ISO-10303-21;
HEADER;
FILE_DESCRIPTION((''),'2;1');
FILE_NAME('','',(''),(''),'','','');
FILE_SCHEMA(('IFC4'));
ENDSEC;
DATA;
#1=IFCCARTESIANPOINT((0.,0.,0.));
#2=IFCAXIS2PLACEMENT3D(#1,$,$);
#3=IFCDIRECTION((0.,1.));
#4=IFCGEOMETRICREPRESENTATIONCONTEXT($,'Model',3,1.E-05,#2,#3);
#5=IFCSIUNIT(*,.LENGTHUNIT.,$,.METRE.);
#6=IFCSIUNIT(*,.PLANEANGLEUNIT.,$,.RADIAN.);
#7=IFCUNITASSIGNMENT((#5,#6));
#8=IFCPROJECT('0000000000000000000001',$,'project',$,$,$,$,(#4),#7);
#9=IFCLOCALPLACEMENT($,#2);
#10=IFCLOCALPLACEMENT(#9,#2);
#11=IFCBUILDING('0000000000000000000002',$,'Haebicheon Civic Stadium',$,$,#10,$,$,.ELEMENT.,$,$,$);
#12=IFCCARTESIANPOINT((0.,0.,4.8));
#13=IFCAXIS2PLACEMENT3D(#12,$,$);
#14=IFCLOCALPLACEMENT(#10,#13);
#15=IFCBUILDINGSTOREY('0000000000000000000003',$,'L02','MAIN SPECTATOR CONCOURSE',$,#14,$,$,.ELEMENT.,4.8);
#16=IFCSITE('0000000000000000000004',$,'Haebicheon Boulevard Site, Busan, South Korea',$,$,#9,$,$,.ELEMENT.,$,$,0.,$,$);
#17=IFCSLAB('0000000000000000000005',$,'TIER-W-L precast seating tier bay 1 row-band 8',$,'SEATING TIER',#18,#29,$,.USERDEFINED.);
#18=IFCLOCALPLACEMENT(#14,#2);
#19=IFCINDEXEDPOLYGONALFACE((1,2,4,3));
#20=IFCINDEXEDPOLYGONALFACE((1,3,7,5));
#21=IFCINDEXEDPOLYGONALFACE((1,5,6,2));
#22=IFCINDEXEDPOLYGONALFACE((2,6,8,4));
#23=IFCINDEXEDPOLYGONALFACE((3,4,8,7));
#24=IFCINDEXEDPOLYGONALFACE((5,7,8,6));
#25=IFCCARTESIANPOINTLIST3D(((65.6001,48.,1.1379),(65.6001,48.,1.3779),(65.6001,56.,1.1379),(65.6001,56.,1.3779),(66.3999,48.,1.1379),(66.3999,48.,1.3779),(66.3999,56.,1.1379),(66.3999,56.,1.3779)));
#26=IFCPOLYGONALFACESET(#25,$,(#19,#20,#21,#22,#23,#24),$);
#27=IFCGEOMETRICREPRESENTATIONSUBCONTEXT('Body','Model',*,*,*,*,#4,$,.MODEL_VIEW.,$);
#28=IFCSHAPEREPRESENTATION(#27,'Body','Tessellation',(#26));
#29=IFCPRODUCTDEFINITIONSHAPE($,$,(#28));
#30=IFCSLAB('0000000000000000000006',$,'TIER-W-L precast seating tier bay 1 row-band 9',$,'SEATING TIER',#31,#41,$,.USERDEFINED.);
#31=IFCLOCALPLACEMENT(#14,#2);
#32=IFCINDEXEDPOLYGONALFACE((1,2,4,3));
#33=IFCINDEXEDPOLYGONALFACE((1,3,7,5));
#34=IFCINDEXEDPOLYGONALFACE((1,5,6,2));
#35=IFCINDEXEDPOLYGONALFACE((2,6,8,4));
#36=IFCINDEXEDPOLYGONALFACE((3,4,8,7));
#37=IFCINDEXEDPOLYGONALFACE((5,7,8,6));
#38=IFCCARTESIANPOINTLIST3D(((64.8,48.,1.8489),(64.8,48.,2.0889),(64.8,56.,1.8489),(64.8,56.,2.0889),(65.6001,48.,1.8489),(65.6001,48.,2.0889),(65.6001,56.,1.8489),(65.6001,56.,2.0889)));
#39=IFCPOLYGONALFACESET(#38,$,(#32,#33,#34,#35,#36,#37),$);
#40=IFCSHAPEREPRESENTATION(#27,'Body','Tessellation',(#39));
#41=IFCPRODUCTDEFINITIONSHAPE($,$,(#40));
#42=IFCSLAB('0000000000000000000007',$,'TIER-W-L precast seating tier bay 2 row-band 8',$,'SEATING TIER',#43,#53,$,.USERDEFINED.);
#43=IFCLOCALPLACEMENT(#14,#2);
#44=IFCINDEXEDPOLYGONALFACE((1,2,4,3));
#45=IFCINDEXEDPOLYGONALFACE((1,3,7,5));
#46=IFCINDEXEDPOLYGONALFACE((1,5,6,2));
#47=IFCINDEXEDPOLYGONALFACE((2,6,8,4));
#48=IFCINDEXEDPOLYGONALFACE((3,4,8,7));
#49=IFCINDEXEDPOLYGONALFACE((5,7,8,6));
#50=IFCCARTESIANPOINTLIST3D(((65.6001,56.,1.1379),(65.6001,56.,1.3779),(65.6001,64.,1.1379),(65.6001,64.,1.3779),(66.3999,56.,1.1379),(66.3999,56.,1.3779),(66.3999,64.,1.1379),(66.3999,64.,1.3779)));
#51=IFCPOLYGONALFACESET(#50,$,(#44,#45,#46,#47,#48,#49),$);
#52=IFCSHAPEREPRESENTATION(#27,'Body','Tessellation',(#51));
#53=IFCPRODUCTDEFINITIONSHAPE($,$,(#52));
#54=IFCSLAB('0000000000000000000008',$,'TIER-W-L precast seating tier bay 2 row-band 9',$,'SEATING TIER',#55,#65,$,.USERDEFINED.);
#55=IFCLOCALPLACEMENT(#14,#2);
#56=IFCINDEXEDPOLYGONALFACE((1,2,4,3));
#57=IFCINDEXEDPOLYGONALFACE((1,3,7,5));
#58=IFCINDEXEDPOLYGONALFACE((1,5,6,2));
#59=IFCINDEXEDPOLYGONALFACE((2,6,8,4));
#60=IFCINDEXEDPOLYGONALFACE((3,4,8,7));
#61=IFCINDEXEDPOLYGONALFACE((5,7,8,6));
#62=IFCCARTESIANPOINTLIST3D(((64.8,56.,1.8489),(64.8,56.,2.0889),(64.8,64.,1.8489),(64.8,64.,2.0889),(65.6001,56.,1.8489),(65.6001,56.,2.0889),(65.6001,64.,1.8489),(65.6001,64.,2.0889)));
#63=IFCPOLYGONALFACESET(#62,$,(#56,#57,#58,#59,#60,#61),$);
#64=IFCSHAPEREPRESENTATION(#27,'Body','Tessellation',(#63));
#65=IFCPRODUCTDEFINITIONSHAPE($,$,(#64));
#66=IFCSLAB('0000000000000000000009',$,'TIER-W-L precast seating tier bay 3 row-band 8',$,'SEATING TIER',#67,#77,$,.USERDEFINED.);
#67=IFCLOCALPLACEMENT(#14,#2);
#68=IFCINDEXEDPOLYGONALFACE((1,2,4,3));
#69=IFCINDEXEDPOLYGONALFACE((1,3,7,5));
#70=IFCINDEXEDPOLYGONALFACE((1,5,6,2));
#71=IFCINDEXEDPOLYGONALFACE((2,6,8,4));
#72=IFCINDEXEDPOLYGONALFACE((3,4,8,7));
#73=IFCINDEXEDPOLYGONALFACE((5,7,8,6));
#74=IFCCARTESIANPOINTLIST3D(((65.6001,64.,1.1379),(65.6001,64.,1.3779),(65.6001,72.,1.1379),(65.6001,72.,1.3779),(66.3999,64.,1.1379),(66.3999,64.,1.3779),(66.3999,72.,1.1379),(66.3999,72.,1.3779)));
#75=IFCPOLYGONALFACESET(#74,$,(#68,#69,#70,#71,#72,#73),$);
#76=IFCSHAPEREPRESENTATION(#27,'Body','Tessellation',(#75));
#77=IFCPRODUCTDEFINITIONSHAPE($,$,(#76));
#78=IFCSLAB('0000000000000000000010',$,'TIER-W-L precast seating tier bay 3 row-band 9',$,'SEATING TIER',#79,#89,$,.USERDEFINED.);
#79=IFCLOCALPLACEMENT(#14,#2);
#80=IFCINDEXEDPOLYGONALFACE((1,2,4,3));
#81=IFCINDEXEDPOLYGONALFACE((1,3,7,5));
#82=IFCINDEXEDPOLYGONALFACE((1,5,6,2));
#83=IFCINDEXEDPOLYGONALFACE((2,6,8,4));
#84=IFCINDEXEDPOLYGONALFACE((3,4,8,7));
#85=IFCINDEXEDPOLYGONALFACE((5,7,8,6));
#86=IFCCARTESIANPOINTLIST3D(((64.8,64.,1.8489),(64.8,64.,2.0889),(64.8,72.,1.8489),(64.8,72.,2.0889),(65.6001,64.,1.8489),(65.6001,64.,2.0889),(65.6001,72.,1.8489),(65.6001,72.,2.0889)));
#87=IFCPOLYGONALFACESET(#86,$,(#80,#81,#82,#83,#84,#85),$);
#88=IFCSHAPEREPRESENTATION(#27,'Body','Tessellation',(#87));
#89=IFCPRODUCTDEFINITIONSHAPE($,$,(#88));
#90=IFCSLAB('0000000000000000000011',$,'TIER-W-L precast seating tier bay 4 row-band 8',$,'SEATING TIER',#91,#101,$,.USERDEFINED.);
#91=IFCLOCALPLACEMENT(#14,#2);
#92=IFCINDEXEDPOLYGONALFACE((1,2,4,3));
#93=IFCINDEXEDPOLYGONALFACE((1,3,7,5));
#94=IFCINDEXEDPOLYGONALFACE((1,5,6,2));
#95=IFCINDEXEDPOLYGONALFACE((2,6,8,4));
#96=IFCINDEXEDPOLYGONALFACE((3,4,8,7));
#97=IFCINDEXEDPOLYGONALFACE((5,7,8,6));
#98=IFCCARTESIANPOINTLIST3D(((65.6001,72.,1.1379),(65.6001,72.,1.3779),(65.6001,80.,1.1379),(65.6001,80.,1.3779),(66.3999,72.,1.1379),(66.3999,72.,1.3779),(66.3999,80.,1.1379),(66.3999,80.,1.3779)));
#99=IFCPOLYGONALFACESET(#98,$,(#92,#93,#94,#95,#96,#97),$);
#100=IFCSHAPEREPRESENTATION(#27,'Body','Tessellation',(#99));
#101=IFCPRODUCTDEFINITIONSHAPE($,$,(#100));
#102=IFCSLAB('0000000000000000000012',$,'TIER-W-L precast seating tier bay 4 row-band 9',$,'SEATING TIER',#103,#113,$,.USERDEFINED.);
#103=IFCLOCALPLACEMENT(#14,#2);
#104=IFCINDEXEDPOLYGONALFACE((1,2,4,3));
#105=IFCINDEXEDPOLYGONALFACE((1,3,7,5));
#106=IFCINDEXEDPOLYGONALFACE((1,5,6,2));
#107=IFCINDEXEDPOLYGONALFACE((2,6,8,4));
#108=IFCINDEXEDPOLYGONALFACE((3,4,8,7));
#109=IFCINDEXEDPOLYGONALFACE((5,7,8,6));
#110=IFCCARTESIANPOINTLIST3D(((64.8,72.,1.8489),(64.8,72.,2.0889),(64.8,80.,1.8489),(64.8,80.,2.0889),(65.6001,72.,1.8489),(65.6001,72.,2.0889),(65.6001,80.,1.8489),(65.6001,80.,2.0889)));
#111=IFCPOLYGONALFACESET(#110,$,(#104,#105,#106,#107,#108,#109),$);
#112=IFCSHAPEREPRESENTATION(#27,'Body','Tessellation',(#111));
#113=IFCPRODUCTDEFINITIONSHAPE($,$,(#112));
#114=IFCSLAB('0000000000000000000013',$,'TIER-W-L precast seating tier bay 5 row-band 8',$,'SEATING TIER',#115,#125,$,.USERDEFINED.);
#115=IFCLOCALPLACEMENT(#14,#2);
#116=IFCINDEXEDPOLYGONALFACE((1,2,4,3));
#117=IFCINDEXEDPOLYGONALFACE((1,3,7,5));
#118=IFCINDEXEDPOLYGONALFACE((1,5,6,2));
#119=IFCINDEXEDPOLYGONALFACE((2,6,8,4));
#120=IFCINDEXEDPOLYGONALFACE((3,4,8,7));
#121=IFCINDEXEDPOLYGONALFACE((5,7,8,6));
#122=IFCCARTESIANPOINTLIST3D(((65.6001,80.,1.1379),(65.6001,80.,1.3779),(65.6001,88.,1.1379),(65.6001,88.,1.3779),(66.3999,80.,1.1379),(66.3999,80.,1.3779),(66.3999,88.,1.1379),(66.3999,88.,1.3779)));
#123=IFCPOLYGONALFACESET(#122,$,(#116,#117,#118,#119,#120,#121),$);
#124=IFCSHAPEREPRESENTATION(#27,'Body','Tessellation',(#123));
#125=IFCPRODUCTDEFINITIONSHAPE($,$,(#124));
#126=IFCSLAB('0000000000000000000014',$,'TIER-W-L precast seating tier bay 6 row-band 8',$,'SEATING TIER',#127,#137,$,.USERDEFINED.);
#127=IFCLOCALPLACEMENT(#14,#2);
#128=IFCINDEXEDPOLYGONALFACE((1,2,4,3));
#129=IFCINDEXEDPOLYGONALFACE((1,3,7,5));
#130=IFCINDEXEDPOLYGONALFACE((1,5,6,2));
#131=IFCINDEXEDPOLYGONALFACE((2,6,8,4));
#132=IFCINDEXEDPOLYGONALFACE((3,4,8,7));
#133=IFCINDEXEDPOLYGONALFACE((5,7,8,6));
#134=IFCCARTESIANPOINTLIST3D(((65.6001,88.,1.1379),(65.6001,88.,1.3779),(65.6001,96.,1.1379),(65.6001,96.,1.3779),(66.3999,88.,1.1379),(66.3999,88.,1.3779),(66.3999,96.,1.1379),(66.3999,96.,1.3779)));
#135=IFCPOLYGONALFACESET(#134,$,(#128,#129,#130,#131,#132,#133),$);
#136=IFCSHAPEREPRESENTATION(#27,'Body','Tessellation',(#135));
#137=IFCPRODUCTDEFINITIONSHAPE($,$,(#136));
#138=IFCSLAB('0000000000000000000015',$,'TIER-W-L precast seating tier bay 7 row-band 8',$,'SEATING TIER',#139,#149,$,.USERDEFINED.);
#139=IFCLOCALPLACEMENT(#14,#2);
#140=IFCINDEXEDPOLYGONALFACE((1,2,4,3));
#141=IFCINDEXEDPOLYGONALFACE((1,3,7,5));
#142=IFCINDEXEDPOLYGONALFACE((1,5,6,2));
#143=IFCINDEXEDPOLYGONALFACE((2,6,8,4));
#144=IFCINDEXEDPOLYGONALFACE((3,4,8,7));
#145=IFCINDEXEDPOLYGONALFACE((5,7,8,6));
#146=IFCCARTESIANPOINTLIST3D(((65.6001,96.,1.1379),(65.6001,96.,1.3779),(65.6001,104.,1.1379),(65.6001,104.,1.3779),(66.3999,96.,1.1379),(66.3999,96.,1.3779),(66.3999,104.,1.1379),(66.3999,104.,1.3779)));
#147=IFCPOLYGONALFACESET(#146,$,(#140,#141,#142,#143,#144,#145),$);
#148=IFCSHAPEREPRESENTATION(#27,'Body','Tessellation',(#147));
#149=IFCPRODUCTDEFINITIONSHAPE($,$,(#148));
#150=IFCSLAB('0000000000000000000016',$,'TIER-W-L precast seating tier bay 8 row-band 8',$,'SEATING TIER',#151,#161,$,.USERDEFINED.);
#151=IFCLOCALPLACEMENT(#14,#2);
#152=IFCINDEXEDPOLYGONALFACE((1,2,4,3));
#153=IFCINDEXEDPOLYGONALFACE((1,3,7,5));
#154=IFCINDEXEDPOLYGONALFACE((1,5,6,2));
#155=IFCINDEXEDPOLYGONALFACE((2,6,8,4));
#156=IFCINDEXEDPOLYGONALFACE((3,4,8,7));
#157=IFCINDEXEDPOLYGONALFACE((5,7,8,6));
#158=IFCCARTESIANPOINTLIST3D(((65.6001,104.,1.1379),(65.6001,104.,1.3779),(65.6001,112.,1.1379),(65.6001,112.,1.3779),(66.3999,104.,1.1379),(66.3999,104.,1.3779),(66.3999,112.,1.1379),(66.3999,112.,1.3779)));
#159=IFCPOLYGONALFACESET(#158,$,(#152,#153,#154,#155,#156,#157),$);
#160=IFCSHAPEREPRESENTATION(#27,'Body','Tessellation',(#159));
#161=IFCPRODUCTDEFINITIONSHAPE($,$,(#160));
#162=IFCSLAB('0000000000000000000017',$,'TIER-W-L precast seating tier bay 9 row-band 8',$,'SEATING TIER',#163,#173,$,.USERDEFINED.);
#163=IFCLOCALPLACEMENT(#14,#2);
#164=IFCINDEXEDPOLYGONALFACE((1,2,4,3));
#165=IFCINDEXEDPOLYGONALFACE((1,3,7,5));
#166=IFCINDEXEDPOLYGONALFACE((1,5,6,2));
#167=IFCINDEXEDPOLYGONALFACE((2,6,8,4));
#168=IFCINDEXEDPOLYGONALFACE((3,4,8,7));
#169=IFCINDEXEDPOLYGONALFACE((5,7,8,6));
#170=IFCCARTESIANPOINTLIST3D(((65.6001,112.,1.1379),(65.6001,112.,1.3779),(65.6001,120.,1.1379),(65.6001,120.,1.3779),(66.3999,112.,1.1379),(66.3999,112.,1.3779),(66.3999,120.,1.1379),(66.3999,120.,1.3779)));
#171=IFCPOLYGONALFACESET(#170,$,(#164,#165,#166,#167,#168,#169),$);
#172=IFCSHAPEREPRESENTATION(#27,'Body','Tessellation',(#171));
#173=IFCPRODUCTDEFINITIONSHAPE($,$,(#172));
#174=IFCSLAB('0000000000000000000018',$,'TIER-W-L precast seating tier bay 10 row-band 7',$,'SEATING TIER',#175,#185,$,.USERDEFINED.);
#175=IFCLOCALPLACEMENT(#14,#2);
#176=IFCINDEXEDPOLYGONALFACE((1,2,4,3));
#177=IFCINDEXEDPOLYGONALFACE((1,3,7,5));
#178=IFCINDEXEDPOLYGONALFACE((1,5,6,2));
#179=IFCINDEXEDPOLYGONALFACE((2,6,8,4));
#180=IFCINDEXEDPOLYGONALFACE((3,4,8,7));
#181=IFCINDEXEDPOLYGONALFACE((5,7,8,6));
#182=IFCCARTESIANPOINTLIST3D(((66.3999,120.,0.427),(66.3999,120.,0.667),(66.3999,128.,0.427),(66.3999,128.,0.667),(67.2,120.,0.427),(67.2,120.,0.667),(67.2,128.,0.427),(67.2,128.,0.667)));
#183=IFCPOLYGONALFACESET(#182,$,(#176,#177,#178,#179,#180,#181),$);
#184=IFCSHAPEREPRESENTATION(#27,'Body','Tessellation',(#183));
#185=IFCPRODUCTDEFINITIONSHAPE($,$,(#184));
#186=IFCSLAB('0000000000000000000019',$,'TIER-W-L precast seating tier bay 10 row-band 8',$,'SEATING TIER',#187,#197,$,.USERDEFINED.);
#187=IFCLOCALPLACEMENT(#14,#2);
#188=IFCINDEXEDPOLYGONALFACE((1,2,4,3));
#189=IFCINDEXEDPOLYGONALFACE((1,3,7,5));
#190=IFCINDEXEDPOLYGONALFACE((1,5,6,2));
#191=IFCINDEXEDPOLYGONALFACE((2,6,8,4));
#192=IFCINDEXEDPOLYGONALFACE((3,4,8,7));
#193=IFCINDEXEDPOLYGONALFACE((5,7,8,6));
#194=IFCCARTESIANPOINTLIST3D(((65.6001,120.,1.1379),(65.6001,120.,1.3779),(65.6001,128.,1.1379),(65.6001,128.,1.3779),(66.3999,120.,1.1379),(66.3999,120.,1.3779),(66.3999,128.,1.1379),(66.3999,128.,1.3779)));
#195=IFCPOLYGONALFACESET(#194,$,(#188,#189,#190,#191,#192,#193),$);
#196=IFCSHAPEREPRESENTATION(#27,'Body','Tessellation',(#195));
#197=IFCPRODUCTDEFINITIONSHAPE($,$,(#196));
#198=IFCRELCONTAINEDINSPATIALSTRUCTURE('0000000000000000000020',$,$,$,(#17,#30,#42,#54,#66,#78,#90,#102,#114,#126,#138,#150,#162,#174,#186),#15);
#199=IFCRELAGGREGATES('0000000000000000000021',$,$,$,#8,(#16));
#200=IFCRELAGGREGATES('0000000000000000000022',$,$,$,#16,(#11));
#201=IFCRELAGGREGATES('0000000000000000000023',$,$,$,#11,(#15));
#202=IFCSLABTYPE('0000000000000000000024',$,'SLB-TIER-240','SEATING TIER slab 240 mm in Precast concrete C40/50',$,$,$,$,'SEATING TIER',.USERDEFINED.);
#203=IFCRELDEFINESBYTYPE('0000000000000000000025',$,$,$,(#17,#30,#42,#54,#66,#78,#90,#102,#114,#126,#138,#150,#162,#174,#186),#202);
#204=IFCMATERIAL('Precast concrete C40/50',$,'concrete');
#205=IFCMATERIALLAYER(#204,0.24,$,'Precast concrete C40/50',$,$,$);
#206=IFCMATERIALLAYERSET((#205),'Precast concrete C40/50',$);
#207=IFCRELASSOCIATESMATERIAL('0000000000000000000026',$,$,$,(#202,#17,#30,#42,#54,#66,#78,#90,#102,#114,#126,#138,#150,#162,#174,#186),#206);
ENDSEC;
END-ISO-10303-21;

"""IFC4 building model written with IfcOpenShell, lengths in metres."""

from ifc_helpers import new_model, si_unit, direction, frame, origin, place, context, subcontext, project, spatial, polyline, outline, extrude, material, layer, layer_set, type_object, element, save


model = new_model("IFC4")

# Units and contexts
model_context = context("Model", 3, precision=1e-05, world=origin(), true_north=direction((0.0, 1.0)))
body_context = subcontext(model_context, "Body", "Model", "MODEL_VIEW")
ifc_project = project(units=[si_unit("LENGTHUNIT", "METRE"), si_unit("PLANEANGLEUNIT", "RADIAN")], contexts=[model_context])

# Site, building, storey
site_placement = place(None, origin())
site = spatial("IfcSite", under=ifc_project, at=site_placement, Name="Haebicheon Boulevard Site, Busan, South Korea", CompositionType="ELEMENT", RefElevation=0.0)
building_placement = place(site_placement, origin())
building = spatial("IfcBuilding", under=site, at=building_placement, Name="Haebicheon Civic Stadium", CompositionType="ELEMENT")
storey_placement = place(building_placement, frame((0.0, 0.0, 4.8)))
storey = spatial("IfcBuildingStorey", under=building, at=storey_placement, Name="L02", Description="MAIN SPECTATOR CONCOURSE", CompositionType="ELEMENT", Elevation=4.8)

# Slabs
ifc_material = material(Name="Precast concrete C40/50", Category="concrete")
ifc_layer = layer(ifc_material, 0.24, Name="Precast concrete C40/50")
ifc_layer_set = layer_set([ifc_layer], Name="Precast concrete C40/50")
slab_type = type_object("IfcSlabType", Name="SLB-TIER-240", Description="SEATING TIER slab 240 mm in Precast concrete C40/50", ElementType="SEATING TIER", PredefinedType="USERDEFINED", material=ifc_layer_set)
slab_1_placement = place(storey_placement, frame((0.0, 0.0, 1.1379)))
element("IfcSlab", 1, at=slab_1_placement, inside=storey, type_object=slab_type, material=ifc_layer_set, Name="TIER-W-L precast seating tier bay 1 row-band 8", ObjectType="SEATING TIER", PredefinedType="USERDEFINED", context=body_context, shape_type="SweptSolid", body=[
    extrude(outline(polyline([(65.6001, 48.0), (66.3999, 48.0), (66.3999, 56.0), (65.6001, 56.0), (65.6001, 48.0)])), origin(), (0.0, 0.0, 1.0), 0.24),
])
slab_2_placement = place(storey_placement, frame((0.0, 0.0, 1.8489)))
element("IfcSlab", 2, at=slab_2_placement, inside=storey, type_object=slab_type, material=ifc_layer_set, Name="TIER-W-L precast seating tier bay 1 row-band 9", ObjectType="SEATING TIER", PredefinedType="USERDEFINED", context=body_context, shape_type="SweptSolid", body=[
    extrude(outline(polyline([(64.8, 48.0), (65.6001, 48.0), (65.6001, 56.0), (64.8, 56.0), (64.8, 48.0)])), origin(), (0.0, 0.0, 1.0), 0.24),
])
slab_3_placement = place(storey_placement, frame((0.0, 0.0, 1.1379)))
element("IfcSlab", 3, at=slab_3_placement, inside=storey, type_object=slab_type, material=ifc_layer_set, Name="TIER-W-L precast seating tier bay 2 row-band 8", ObjectType="SEATING TIER", PredefinedType="USERDEFINED", context=body_context, shape_type="SweptSolid", body=[
    extrude(outline(polyline([(65.6001, 56.0), (66.3999, 56.0), (66.3999, 64.0), (65.6001, 64.0), (65.6001, 56.0)])), origin(), (0.0, 0.0, 1.0), 0.24),
])
slab_4_placement = place(storey_placement, frame((0.0, 0.0, 1.8489)))
element("IfcSlab", 4, at=slab_4_placement, inside=storey, type_object=slab_type, material=ifc_layer_set, Name="TIER-W-L precast seating tier bay 2 row-band 9", ObjectType="SEATING TIER", PredefinedType="USERDEFINED", context=body_context, shape_type="SweptSolid", body=[
    extrude(outline(polyline([(64.8, 56.0), (65.6001, 56.0), (65.6001, 64.0), (64.8, 64.0), (64.8, 56.0)])), origin(), (0.0, 0.0, 1.0), 0.24),
])
slab_5_placement = place(storey_placement, frame((0.0, 0.0, 1.1379)))
element("IfcSlab", 5, at=slab_5_placement, inside=storey, type_object=slab_type, material=ifc_layer_set, Name="TIER-W-L precast seating tier bay 3 row-band 8", ObjectType="SEATING TIER", PredefinedType="USERDEFINED", context=body_context, shape_type="SweptSolid", body=[
    extrude(outline(polyline([(65.6001, 64.0), (66.3999, 64.0), (66.3999, 72.0), (65.6001, 72.0), (65.6001, 64.0)])), origin(), (0.0, 0.0, 1.0), 0.24),
])
slab_6_placement = place(storey_placement, frame((0.0, 0.0, 1.8489)))
element("IfcSlab", 6, at=slab_6_placement, inside=storey, type_object=slab_type, material=ifc_layer_set, Name="TIER-W-L precast seating tier bay 3 row-band 9", ObjectType="SEATING TIER", PredefinedType="USERDEFINED", context=body_context, shape_type="SweptSolid", body=[
    extrude(outline(polyline([(64.8, 64.0), (65.6001, 64.0), (65.6001, 72.0), (64.8, 72.0), (64.8, 64.0)])), origin(), (0.0, 0.0, 1.0), 0.24),
])
slab_7_placement = place(storey_placement, frame((0.0, 0.0, 1.1379)))
element("IfcSlab", 7, at=slab_7_placement, inside=storey, type_object=slab_type, material=ifc_layer_set, Name="TIER-W-L precast seating tier bay 4 row-band 8", ObjectType="SEATING TIER", PredefinedType="USERDEFINED", context=body_context, shape_type="SweptSolid", body=[
    extrude(outline(polyline([(65.6001, 72.0), (66.3999, 72.0), (66.3999, 80.0), (65.6001, 80.0), (65.6001, 72.0)])), origin(), (0.0, 0.0, 1.0), 0.24),
])
slab_8_placement = place(storey_placement, frame((0.0, 0.0, 1.8489)))
element("IfcSlab", 8, at=slab_8_placement, inside=storey, type_object=slab_type, material=ifc_layer_set, Name="TIER-W-L precast seating tier bay 4 row-band 9", ObjectType="SEATING TIER", PredefinedType="USERDEFINED", context=body_context, shape_type="SweptSolid", body=[
    extrude(outline(polyline([(64.8, 72.0), (65.6001, 72.0), (65.6001, 80.0), (64.8, 80.0), (64.8, 72.0)])), origin(), (0.0, 0.0, 1.0), 0.24),
])
slab_9_placement = place(storey_placement, frame((0.0, 0.0, 1.1379)))
element("IfcSlab", 9, at=slab_9_placement, inside=storey, type_object=slab_type, material=ifc_layer_set, Name="TIER-W-L precast seating tier bay 5 row-band 8", ObjectType="SEATING TIER", PredefinedType="USERDEFINED", context=body_context, shape_type="SweptSolid", body=[
    extrude(outline(polyline([(65.6001, 80.0), (66.3999, 80.0), (66.3999, 88.0), (65.6001, 88.0), (65.6001, 80.0)])), origin(), (0.0, 0.0, 1.0), 0.24),
])
slab_10_placement = place(storey_placement, frame((0.0, 0.0, 1.1379)))
element("IfcSlab", 10, at=slab_10_placement, inside=storey, type_object=slab_type, material=ifc_layer_set, Name="TIER-W-L precast seating tier bay 6 row-band 8", ObjectType="SEATING TIER", PredefinedType="USERDEFINED", context=body_context, shape_type="SweptSolid", body=[
    extrude(outline(polyline([(65.6001, 88.0), (66.3999, 88.0), (66.3999, 96.0), (65.6001, 96.0), (65.6001, 88.0)])), origin(), (0.0, 0.0, 1.0), 0.24),
])
slab_11_placement = place(storey_placement, frame((0.0, 0.0, 1.1379)))
element("IfcSlab", 11, at=slab_11_placement, inside=storey, type_object=slab_type, material=ifc_layer_set, Name="TIER-W-L precast seating tier bay 7 row-band 8", ObjectType="SEATING TIER", PredefinedType="USERDEFINED", context=body_context, shape_type="SweptSolid", body=[
    extrude(outline(polyline([(65.6001, 96.0), (66.3999, 96.0), (66.3999, 104.0), (65.6001, 104.0), (65.6001, 96.0)])), origin(), (0.0, 0.0, 1.0), 0.24),
])
slab_12_placement = place(storey_placement, frame((0.0, 0.0, 1.1379)))
element("IfcSlab", 12, at=slab_12_placement, inside=storey, type_object=slab_type, material=ifc_layer_set, Name="TIER-W-L precast seating tier bay 8 row-band 8", ObjectType="SEATING TIER", PredefinedType="USERDEFINED", context=body_context, shape_type="SweptSolid", body=[
    extrude(outline(polyline([(65.6001, 104.0), (66.3999, 104.0), (66.3999, 112.0), (65.6001, 112.0), (65.6001, 104.0)])), origin(), (0.0, 0.0, 1.0), 0.24),
])
slab_13_placement = place(storey_placement, frame((0.0, 0.0, 1.1379)))
element("IfcSlab", 13, at=slab_13_placement, inside=storey, type_object=slab_type, material=ifc_layer_set, Name="TIER-W-L precast seating tier bay 9 row-band 8", ObjectType="SEATING TIER", PredefinedType="USERDEFINED", context=body_context, shape_type="SweptSolid", body=[
    extrude(outline(polyline([(65.6001, 112.0), (66.3999, 112.0), (66.3999, 120.0), (65.6001, 120.0), (65.6001, 112.0)])), origin(), (0.0, 0.0, 1.0), 0.24),
])
slab_14_placement = place(storey_placement, frame((0.0, 0.0, 0.427)))
element("IfcSlab", 14, at=slab_14_placement, inside=storey, type_object=slab_type, material=ifc_layer_set, Name="TIER-W-L precast seating tier bay 10 row-band 7", ObjectType="SEATING TIER", PredefinedType="USERDEFINED", context=body_context, shape_type="SweptSolid", body=[
    extrude(outline(polyline([(66.3999, 120.0), (67.2, 120.0), (67.2, 128.0), (66.3999, 128.0), (66.3999, 120.0)])), origin(), (0.0, 0.0, 1.0), 0.24),
])
slab_15_placement = place(storey_placement, frame((0.0, 0.0, 1.1379)))
element("IfcSlab", 15, at=slab_15_placement, inside=storey, type_object=slab_type, material=ifc_layer_set, Name="TIER-W-L precast seating tier bay 10 row-band 8", ObjectType="SEATING TIER", PredefinedType="USERDEFINED", context=body_context, shape_type="SweptSolid", body=[
    extrude(outline(polyline([(65.6001, 120.0), (66.3999, 120.0), (66.3999, 128.0), (65.6001, 128.0), (65.6001, 120.0)])), origin(), (0.0, 0.0, 1.0), 0.24),
])

save(model, "model.ifc")
